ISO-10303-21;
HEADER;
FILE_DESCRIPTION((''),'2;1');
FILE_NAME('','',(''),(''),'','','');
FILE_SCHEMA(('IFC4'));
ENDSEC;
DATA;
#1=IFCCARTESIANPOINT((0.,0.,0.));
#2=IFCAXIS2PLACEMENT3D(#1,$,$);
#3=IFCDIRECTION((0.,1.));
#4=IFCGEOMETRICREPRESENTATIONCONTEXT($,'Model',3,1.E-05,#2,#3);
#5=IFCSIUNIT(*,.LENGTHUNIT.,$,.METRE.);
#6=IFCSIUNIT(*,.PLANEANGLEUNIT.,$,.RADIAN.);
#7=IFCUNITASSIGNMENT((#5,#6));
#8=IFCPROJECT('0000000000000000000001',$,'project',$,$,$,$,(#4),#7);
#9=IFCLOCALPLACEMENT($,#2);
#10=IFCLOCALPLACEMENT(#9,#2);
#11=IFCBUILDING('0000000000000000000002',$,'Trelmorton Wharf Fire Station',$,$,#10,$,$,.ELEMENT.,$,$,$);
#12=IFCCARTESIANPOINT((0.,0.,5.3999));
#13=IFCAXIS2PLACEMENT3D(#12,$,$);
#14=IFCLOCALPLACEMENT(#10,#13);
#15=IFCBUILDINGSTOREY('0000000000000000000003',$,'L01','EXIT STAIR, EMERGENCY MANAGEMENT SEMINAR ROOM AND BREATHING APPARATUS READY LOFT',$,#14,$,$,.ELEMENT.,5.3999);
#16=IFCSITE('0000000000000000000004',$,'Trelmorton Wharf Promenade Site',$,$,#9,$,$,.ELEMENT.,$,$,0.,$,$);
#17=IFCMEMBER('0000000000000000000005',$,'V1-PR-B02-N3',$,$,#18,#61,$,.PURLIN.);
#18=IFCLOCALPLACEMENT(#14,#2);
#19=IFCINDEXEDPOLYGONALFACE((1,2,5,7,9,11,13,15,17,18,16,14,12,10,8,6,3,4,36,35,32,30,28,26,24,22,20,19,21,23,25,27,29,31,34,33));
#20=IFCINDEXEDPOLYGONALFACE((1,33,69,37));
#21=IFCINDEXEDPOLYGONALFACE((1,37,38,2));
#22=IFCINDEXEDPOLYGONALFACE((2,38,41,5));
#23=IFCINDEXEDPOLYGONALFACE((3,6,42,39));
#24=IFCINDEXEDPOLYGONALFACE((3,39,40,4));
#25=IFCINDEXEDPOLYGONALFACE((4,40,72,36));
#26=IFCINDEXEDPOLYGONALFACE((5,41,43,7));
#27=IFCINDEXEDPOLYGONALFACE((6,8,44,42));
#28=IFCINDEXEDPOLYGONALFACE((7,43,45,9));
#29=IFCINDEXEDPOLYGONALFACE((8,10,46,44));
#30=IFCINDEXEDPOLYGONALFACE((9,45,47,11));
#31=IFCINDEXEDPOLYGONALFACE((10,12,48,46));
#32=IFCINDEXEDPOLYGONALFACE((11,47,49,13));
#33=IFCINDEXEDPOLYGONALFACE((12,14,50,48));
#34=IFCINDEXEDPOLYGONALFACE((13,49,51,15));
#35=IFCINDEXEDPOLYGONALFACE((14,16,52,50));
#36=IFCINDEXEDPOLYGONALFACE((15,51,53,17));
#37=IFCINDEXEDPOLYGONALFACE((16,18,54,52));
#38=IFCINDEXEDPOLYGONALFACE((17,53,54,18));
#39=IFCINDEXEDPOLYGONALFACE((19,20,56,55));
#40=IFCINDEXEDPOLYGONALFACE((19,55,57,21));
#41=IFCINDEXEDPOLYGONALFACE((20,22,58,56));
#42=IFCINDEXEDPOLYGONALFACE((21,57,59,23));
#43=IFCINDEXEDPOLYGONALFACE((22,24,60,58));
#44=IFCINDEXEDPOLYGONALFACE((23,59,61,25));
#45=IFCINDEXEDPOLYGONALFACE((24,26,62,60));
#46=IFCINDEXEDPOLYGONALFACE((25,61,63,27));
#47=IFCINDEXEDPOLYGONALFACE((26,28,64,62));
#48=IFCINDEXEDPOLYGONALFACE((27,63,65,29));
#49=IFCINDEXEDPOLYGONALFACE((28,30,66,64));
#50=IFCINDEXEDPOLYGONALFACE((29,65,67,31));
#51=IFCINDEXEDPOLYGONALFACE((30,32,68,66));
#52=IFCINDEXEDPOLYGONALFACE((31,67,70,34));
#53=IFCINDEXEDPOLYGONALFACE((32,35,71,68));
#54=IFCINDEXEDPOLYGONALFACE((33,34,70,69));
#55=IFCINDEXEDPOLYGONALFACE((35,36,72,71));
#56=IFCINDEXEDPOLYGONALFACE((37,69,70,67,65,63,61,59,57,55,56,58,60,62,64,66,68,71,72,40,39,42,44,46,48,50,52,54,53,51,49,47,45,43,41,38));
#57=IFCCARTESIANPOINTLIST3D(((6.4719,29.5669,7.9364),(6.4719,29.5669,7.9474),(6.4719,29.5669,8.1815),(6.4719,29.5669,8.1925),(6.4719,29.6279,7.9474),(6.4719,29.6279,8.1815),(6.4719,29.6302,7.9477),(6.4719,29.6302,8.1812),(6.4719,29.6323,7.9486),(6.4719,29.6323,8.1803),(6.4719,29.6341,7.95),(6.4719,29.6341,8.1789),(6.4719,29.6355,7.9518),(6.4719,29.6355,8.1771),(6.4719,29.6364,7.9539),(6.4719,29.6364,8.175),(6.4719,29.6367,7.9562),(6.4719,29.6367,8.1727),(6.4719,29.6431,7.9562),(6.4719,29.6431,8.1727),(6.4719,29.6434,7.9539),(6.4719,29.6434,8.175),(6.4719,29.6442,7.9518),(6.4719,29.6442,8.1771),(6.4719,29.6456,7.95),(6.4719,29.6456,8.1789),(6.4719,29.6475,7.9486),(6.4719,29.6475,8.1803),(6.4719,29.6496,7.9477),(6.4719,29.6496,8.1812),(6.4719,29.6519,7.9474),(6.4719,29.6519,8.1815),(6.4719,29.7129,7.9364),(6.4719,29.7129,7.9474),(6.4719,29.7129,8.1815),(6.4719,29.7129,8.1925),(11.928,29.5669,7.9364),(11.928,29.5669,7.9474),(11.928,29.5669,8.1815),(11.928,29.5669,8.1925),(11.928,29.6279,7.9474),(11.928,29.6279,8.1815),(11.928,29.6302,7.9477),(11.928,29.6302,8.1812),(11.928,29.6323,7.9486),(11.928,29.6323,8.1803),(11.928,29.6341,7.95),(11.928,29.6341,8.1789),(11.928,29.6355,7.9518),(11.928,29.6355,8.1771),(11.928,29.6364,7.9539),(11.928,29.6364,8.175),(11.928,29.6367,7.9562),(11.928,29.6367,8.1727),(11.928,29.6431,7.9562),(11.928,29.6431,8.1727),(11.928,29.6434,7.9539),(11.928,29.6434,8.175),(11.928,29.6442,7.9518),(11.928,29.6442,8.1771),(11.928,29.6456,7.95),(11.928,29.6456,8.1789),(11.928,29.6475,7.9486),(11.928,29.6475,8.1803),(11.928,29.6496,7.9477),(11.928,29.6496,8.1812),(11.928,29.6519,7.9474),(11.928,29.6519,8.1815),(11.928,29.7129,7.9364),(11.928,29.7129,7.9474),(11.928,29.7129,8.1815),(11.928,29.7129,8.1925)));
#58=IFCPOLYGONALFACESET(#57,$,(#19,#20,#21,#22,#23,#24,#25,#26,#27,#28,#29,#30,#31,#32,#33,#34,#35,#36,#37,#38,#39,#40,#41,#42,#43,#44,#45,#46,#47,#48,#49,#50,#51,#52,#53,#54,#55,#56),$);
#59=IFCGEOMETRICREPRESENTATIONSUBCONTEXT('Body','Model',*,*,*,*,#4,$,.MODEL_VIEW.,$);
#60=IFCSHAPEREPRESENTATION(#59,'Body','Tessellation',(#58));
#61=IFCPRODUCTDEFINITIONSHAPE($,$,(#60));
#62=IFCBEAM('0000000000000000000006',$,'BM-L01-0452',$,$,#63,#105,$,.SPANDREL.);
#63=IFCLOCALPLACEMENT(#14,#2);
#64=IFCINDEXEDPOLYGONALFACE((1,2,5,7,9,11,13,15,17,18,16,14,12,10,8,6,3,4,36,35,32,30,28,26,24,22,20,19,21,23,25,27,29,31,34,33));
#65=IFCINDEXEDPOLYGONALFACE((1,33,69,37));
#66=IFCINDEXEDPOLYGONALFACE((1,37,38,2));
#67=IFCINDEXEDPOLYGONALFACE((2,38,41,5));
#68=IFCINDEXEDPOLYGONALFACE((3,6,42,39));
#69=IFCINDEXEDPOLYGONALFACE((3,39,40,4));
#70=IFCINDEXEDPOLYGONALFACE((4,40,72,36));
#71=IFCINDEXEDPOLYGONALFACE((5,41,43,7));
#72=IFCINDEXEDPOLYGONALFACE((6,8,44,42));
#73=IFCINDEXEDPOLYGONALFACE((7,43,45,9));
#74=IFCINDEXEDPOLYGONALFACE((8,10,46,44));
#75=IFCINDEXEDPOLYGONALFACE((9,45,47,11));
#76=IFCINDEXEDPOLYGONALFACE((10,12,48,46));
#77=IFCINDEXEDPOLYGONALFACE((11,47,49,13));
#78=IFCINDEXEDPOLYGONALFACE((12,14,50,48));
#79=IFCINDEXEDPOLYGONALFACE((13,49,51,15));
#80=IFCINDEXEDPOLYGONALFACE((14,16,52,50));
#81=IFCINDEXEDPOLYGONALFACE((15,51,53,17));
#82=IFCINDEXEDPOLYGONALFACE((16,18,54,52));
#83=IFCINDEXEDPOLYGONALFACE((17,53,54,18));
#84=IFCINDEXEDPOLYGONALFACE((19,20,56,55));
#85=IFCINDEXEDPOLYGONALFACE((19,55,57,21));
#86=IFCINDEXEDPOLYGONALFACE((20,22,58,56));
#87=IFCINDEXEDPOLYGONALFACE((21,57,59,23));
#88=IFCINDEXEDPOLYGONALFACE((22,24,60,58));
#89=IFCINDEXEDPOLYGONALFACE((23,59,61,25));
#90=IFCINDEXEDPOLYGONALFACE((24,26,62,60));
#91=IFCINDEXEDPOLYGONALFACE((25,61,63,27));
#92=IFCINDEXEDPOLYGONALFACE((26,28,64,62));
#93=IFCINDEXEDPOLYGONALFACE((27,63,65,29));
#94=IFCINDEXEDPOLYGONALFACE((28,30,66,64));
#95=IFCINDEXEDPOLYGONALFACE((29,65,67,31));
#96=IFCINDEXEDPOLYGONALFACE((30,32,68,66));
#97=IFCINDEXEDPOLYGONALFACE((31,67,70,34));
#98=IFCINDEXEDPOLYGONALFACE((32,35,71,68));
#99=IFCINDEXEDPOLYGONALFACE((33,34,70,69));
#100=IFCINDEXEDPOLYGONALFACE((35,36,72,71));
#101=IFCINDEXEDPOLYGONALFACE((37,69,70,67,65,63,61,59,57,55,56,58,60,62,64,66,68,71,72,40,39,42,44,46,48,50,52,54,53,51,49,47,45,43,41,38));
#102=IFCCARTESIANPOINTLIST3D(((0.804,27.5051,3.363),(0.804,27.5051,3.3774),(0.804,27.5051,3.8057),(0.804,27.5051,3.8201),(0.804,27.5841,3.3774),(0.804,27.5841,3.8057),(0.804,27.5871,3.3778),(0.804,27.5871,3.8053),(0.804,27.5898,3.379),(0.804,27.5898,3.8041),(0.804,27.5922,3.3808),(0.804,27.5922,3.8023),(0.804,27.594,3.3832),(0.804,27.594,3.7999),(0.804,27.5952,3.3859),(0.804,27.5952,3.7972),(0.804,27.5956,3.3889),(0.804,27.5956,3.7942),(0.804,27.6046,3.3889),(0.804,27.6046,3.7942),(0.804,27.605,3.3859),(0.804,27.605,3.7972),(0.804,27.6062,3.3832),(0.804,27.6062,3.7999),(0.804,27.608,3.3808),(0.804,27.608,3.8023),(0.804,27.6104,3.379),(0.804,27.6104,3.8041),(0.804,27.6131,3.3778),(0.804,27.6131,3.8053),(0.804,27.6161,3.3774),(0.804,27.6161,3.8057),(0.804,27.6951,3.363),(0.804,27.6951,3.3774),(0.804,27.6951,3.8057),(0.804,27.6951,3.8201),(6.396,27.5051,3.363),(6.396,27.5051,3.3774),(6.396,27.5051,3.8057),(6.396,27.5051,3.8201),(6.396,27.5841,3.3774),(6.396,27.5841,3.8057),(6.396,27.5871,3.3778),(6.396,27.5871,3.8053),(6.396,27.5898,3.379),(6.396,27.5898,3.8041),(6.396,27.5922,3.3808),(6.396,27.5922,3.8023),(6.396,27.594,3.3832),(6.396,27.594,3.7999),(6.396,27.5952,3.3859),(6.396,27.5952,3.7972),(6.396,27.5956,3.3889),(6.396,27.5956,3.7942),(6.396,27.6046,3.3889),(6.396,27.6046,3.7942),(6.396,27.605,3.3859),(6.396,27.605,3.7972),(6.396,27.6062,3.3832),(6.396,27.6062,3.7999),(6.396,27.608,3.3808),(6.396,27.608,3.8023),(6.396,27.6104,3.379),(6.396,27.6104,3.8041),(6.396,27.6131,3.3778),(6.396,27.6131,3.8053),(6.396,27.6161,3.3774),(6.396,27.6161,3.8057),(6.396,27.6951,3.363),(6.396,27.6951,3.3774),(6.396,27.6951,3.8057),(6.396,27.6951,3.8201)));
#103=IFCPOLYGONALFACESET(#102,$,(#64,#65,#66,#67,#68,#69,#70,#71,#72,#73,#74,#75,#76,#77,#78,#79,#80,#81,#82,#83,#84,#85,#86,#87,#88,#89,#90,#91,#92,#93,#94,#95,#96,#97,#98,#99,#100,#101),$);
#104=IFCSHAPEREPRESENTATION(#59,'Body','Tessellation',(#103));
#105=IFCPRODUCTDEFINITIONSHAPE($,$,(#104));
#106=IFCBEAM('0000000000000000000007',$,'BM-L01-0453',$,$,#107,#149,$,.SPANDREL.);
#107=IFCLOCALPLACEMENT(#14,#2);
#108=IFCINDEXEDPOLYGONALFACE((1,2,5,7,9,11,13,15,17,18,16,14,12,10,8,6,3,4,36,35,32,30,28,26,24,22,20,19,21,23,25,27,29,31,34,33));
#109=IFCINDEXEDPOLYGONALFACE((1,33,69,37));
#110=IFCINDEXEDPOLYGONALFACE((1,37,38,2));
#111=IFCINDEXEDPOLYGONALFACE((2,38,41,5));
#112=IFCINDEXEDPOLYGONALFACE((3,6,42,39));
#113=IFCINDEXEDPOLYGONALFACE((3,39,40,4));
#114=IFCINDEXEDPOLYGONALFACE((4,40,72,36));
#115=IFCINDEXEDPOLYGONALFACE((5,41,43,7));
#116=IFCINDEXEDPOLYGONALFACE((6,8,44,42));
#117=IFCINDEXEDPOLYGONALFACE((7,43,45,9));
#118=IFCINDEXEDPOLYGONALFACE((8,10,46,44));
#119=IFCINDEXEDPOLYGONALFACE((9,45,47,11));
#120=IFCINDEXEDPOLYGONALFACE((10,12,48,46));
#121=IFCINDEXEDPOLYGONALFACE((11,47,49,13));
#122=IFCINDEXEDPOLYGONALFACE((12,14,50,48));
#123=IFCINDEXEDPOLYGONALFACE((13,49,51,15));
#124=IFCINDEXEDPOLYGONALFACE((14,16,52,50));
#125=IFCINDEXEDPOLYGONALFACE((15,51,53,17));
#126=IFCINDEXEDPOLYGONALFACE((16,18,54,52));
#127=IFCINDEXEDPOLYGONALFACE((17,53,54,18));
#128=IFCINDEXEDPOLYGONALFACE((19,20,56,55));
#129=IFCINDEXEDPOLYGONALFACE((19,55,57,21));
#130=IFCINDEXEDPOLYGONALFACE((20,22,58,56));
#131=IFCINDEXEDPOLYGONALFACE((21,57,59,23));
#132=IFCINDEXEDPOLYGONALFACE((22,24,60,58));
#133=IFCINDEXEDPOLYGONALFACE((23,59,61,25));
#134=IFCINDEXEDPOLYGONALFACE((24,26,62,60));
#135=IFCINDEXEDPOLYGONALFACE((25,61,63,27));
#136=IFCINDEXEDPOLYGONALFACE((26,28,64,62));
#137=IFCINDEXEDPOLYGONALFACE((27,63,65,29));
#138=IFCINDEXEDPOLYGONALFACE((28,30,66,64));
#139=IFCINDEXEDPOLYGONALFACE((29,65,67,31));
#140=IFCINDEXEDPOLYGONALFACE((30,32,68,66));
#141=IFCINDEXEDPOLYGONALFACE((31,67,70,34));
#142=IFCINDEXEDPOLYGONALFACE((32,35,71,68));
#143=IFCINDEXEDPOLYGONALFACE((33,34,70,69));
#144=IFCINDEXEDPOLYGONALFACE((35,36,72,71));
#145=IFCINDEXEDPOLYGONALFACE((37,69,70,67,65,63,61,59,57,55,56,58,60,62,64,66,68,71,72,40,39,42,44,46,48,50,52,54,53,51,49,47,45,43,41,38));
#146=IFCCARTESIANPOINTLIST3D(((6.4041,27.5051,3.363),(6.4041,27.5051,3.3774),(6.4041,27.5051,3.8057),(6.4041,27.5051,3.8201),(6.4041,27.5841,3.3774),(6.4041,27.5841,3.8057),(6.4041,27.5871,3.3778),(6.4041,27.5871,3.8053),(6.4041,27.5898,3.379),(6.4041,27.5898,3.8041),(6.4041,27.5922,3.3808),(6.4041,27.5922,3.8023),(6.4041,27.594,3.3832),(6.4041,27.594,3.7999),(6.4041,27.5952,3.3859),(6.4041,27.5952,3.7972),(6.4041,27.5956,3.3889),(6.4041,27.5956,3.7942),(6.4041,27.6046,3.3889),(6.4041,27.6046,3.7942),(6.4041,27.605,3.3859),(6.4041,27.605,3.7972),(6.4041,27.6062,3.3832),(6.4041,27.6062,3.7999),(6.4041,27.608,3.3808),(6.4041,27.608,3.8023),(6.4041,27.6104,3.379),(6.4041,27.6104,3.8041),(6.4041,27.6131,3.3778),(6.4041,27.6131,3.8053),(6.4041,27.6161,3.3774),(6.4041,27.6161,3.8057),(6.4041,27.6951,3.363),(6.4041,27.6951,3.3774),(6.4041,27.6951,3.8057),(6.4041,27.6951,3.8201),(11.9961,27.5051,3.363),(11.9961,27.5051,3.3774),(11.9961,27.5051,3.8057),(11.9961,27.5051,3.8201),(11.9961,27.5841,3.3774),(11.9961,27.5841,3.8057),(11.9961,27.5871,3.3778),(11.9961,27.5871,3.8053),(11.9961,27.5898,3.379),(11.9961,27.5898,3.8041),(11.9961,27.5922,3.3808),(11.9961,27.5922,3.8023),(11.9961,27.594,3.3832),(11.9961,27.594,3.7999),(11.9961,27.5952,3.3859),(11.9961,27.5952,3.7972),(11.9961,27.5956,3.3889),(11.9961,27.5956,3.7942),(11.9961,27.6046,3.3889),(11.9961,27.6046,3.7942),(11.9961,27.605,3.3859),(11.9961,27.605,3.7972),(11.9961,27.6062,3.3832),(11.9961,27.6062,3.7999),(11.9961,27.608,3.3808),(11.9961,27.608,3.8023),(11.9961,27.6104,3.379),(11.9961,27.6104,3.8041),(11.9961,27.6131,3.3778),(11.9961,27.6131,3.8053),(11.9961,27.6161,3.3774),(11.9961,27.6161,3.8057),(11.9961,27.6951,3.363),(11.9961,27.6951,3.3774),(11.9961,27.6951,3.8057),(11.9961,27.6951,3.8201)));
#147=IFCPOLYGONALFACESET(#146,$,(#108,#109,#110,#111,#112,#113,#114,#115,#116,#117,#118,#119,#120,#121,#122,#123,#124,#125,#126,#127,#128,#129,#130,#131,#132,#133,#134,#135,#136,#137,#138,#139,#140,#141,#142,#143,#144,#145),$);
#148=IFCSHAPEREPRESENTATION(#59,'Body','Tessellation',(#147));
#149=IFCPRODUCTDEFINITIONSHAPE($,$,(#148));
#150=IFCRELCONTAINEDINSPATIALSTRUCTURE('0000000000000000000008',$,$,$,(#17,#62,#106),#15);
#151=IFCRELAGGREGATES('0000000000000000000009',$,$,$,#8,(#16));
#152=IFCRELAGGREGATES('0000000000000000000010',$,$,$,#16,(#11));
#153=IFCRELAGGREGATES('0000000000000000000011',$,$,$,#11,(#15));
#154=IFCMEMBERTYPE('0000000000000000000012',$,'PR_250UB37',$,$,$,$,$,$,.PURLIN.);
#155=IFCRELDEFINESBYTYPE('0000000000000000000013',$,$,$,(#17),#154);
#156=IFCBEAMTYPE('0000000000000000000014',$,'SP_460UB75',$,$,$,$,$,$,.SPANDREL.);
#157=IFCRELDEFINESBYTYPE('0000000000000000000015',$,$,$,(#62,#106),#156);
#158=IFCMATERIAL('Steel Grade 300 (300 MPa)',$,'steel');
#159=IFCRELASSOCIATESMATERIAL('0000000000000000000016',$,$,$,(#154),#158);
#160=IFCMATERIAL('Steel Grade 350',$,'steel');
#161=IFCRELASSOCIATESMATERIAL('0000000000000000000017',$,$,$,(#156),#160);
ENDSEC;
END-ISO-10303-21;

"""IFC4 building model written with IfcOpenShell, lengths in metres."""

from ifc_helpers import new_model, si_unit, direction, frame, origin, origin_2d, place, context, subcontext, project, spatial, i_section, extrude, material, material_profile, profile_set, type_object, element, save


model = new_model("IFC4")

# Units and contexts
model_context = context("Model", 3, precision=1e-05, world=origin(), true_north=direction((0.0, 1.0)))
body_context = subcontext(model_context, "Body", "Model", "MODEL_VIEW")
ifc_project = project(units=[si_unit("LENGTHUNIT", "METRE"), si_unit("PLANEANGLEUNIT", "RADIAN")], contexts=[model_context])

# Site, building, storey
site_placement = place(None, origin())
site = spatial("IfcSite", under=ifc_project, at=site_placement, Name="Trelmorton Wharf Promenade Site", CompositionType="ELEMENT", RefElevation=0.0)
building_placement = place(site_placement, origin())
building = spatial("IfcBuilding", under=site, at=building_placement, Name="Trelmorton Wharf Fire Station", CompositionType="ELEMENT")
storey_placement = place(building_placement, frame((0.0, 0.0, 5.3999)))
storey = spatial("IfcBuildingStorey", under=building, at=storey_placement, Name="L01", Description="EXIT STAIR, EMERGENCY MANAGEMENT SEMINAR ROOM AND BREATHING APPARATUS READY LOFT", CompositionType="ELEMENT", Elevation=5.3999)

# Shared definitions
ifc_material_1 = material(Name="Steel Grade 350", Category="steel")

# Member
ifc_material_2 = material(Name="Steel Grade 300 (300 MPa)", Category="steel")
ifc_material_profile_1 = material_profile(ifc_material_2, i_section(OverallWidth=0.146, OverallDepth=0.2561, WebThickness=0.0063, FlangeThickness=0.011, FilletRadius=0.0088, at=origin_2d()), Name="250UB37.3")
ifc_profile_set_1 = profile_set([ifc_material_profile_1], Name="Steel Grade 300 (300 MPa)")
member_type_1 = type_object("IfcMemberType", Name="PR_250UB37", PredefinedType="PURLIN", material=ifc_profile_set_1)
for number, where, z_axis, x_axis, name in (
    (1, (6.4719, 29.6399, 8.0645), (1.0, 0.0, 0.0), (0.0, 1.0, 0.0), "V1-PR-B02-N3"),
):
    element("IfcMember", number, at=place(storey_placement, frame(where, z_axis=z_axis, x_axis=x_axis)), inside=storey, type_object=member_type_1, Name=name, PredefinedType="PURLIN", context=body_context, shape_type="SweptSolid", body=[
        extrude(i_section(OverallWidth=0.146, OverallDepth=0.2561, WebThickness=0.0063, FlangeThickness=0.011, FilletRadius=0.0088, at=origin_2d()), origin(), (0.0, 0.0, 1.0), 5.4561),
    ])

# Beams
ifc_material_profile_2 = material_profile(ifc_material_1, i_section(OverallWidth=0.1899, OverallDepth=0.457, WebThickness=0.009, FlangeThickness=0.0144, FilletRadius=0.0115, at=origin_2d()), Name="460UB74.6")
ifc_profile_set_2 = profile_set([ifc_material_profile_2], Name="Steel Grade 350")
beam_type_1 = type_object("IfcBeamType", Name="SP_460UB75", PredefinedType="SPANDREL", material=ifc_profile_set_2)
for number, where, z_axis, x_axis, name in (
    (2, (0.804, 27.6001, 3.5916), (1.0, 0.0, 0.0), (0.0, 1.0, 0.0), "BM-L01-0452"),
    (3, (6.4041, 27.6001, 3.5916), (1.0, 0.0, 0.0), (0.0, 1.0, 0.0), "BM-L01-0453"),
):
    element("IfcBeam", number, at=place(storey_placement, frame(where, z_axis=z_axis, x_axis=x_axis)), inside=storey, type_object=beam_type_1, Name=name, PredefinedType="SPANDREL", context=body_context, shape_type="SweptSolid", body=[
        extrude(i_section(OverallWidth=0.1899, OverallDepth=0.457, WebThickness=0.009, FlangeThickness=0.0144, FilletRadius=0.0115, at=origin_2d()), origin(), (0.0, 0.0, 1.0), 5.592),
    ])

save(model, "model.ifc")
